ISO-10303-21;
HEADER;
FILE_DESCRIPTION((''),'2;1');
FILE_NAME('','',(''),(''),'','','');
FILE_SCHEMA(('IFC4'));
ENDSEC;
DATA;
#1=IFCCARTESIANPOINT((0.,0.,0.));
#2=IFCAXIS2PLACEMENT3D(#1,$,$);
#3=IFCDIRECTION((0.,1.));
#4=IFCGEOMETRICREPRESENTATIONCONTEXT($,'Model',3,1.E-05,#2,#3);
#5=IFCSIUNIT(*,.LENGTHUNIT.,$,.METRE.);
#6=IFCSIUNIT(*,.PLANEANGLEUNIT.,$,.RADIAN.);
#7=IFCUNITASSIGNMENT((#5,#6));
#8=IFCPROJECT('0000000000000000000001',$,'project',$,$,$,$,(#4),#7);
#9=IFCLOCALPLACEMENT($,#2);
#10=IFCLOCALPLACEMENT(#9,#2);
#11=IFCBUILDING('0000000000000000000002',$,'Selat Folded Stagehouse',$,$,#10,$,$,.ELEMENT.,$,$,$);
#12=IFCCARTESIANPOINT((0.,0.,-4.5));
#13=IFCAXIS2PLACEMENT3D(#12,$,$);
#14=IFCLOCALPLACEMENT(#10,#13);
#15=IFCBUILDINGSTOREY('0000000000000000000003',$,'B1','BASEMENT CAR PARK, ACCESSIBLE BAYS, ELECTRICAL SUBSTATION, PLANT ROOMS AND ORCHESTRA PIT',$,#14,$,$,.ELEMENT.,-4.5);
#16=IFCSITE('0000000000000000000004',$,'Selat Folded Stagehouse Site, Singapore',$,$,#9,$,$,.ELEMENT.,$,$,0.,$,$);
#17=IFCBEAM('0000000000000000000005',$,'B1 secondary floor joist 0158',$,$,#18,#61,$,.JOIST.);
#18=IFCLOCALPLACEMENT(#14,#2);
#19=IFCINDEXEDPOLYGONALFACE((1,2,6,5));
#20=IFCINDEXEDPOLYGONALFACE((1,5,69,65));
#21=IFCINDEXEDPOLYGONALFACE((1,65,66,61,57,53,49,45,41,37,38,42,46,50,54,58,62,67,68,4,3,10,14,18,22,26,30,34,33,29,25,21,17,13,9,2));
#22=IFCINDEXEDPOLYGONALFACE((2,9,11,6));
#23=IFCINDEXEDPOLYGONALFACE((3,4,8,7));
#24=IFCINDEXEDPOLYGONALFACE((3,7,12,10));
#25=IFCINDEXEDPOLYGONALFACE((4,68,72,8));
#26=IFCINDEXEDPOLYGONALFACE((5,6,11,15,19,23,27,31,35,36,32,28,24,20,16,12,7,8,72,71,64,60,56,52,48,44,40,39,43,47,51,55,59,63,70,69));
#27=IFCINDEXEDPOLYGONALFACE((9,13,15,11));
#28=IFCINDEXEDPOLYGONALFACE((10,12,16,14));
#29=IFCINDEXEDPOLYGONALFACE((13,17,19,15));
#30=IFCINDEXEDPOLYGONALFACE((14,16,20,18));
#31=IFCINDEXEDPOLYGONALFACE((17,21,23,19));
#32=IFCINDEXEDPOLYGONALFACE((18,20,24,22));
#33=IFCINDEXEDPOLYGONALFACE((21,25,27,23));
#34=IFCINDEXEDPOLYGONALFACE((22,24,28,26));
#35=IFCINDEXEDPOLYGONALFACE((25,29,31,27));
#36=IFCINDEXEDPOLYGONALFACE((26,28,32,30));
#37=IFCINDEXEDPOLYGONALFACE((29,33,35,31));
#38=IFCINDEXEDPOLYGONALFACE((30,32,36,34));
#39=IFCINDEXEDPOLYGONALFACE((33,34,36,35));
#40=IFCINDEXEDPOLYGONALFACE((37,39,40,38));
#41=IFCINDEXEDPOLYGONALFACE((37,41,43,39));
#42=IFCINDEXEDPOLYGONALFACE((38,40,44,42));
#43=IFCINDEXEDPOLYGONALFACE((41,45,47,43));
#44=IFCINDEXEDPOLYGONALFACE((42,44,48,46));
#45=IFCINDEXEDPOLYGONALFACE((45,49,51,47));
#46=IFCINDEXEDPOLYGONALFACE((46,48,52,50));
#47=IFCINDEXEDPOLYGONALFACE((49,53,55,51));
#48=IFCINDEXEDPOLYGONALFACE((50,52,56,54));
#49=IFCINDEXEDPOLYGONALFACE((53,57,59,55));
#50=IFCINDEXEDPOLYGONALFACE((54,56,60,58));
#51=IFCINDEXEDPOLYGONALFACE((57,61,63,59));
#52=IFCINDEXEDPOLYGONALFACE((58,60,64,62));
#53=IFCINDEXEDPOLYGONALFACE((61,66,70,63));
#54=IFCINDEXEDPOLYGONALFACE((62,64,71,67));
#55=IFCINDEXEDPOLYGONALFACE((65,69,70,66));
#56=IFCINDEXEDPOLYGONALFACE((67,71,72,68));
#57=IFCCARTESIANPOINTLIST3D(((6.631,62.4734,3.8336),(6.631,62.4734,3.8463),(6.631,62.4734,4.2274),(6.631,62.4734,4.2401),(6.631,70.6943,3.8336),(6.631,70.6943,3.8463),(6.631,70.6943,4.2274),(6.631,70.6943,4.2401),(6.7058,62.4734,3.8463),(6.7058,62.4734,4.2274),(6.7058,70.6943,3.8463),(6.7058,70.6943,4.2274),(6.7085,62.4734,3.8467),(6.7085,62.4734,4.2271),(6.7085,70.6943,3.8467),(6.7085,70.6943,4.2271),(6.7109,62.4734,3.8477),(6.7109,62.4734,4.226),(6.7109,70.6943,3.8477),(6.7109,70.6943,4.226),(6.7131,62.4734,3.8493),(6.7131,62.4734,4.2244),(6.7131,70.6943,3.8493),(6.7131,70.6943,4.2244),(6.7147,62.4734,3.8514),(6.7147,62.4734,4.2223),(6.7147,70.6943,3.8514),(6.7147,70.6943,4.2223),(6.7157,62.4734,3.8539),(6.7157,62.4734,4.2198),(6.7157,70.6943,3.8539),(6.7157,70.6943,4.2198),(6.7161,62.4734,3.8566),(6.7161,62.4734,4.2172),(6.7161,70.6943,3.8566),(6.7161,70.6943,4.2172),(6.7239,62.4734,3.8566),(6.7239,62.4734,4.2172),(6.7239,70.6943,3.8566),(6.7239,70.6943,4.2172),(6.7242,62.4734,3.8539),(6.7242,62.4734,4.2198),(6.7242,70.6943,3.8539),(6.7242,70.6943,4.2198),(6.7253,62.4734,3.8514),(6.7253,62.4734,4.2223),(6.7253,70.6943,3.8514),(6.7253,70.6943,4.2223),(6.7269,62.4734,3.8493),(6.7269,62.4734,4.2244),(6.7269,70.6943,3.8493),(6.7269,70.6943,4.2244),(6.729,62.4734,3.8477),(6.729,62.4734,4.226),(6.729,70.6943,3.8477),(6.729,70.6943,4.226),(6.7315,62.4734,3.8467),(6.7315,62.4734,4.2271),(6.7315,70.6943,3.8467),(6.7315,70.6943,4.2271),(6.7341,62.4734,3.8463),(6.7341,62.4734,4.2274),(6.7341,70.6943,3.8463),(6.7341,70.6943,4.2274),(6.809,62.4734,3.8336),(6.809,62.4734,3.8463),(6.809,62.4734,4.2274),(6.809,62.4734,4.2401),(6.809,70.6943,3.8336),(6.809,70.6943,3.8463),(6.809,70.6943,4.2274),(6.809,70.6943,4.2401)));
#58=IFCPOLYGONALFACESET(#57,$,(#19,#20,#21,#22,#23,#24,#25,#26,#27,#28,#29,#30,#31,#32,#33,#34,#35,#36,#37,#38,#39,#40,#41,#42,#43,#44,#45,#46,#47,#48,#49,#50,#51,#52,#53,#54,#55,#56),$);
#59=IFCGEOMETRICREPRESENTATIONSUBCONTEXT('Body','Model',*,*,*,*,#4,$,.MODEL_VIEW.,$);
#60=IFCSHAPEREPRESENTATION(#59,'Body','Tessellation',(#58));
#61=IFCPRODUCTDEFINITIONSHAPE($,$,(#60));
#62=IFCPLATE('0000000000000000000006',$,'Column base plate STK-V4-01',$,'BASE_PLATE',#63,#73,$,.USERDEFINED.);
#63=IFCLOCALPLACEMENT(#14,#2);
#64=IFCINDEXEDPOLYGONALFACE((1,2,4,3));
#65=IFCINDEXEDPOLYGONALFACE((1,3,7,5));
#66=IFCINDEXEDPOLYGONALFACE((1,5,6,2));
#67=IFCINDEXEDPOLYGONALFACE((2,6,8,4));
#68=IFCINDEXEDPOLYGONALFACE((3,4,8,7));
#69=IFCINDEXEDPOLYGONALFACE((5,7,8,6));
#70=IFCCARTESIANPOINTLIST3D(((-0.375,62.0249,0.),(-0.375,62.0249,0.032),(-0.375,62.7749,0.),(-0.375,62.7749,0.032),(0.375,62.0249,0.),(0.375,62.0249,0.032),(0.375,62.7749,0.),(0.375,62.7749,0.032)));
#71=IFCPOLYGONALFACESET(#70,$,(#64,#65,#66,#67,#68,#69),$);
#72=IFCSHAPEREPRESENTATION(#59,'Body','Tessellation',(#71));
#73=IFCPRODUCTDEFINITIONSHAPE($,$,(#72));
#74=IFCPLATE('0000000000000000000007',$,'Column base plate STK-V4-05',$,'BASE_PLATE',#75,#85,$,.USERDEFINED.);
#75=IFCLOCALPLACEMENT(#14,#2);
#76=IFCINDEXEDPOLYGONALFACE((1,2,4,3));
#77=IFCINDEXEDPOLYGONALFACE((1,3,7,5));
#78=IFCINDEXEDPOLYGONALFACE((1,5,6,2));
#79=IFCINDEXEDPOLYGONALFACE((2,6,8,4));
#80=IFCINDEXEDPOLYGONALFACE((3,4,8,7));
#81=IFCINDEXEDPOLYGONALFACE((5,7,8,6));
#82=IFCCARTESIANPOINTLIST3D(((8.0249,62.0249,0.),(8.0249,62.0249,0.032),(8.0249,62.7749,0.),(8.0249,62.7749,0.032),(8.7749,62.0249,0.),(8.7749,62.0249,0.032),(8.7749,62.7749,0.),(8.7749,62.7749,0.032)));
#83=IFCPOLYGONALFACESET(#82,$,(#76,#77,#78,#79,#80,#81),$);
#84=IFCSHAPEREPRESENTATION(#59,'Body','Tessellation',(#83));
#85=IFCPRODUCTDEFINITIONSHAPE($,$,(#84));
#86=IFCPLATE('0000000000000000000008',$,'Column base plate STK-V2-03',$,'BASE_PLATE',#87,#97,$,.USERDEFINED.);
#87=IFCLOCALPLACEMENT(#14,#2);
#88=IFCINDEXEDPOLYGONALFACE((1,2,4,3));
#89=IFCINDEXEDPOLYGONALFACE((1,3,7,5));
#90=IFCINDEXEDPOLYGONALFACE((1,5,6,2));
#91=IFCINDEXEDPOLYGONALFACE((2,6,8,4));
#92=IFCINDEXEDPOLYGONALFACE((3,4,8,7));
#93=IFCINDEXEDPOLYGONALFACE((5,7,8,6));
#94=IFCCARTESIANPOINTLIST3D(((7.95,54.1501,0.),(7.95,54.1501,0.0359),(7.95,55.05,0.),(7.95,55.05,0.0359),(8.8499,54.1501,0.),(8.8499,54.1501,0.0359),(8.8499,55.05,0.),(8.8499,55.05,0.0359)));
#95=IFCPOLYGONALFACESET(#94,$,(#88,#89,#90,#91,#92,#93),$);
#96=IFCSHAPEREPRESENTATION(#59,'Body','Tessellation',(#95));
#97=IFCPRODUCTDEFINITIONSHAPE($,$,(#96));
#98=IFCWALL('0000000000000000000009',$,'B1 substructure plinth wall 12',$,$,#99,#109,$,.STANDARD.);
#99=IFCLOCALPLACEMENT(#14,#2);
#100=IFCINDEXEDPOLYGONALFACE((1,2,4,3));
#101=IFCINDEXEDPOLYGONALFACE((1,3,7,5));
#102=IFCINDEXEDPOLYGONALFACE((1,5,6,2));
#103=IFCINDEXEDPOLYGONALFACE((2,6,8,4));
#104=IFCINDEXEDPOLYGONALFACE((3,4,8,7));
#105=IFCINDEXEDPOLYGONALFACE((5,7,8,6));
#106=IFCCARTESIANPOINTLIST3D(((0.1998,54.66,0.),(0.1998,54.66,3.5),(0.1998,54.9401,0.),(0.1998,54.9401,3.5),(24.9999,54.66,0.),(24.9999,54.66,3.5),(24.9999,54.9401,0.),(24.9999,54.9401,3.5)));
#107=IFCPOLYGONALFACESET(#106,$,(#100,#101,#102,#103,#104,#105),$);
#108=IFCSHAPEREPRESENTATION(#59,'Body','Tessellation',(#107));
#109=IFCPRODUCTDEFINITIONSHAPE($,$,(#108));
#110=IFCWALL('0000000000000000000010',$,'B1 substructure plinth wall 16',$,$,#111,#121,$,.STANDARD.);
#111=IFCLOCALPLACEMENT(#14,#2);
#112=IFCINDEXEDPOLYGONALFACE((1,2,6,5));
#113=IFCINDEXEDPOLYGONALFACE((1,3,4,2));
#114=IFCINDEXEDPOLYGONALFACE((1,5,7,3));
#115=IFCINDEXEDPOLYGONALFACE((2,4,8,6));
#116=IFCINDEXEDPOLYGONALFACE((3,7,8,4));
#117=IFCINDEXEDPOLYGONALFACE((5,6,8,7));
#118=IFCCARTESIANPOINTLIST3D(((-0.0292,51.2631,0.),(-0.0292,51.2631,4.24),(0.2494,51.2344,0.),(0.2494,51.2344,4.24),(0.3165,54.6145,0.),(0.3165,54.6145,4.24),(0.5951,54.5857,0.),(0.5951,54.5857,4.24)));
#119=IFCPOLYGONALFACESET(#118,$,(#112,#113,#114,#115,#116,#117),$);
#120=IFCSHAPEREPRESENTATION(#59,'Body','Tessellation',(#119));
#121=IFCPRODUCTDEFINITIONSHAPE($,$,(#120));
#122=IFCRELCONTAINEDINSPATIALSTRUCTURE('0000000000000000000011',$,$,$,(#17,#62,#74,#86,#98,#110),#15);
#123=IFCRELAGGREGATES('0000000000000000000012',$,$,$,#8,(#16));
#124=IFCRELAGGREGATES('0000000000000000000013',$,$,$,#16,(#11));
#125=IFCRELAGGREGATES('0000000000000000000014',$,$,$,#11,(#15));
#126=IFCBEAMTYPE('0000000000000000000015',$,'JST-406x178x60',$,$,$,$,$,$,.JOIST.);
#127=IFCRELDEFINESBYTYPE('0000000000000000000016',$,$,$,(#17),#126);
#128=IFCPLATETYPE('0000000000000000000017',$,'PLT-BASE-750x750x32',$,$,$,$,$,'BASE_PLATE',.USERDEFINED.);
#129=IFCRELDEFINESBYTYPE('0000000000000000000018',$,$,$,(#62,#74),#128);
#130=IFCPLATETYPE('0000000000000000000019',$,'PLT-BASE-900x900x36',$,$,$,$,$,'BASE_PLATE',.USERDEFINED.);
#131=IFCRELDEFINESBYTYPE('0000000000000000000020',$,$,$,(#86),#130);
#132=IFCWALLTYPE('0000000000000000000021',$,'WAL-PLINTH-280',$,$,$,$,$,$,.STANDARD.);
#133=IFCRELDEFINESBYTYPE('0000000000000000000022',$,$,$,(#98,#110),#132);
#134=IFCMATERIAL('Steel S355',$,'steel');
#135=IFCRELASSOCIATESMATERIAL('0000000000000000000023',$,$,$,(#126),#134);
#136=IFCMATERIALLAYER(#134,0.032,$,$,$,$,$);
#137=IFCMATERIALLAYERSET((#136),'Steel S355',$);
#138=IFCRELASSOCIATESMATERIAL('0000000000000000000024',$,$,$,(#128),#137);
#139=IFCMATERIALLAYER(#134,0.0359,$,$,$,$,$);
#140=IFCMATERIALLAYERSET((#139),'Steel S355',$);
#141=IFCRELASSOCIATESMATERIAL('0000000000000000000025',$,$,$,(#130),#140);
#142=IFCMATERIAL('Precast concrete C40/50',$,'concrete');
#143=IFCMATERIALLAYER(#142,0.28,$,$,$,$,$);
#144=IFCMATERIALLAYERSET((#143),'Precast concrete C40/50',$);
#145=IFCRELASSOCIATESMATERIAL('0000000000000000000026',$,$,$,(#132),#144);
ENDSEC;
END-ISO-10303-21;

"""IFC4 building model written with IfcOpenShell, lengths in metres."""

from ifc_helpers import new_model, si_unit, direction, frame, frame_2d, origin, origin_2d, place, context, subcontext, project, spatial, rectangle, i_section, extrude, material, layer, layer_set, material_profile, profile_set, type_object, element, save


model = new_model("IFC4")

# Units and contexts
model_context = context("Model", 3, precision=1e-05, world=origin(), true_north=direction((0.0, 1.0)))
body_context = subcontext(model_context, "Body", "Model", "MODEL_VIEW")
ifc_project = project(units=[si_unit("LENGTHUNIT", "METRE"), si_unit("PLANEANGLEUNIT", "RADIAN")], contexts=[model_context])

# Site, building, storey
site_placement = place(None, origin())
site = spatial("IfcSite", under=ifc_project, at=site_placement, Name="Selat Folded Stagehouse Site, Singapore", CompositionType="ELEMENT", RefElevation=0.0)
building_placement = place(site_placement, origin())
building = spatial("IfcBuilding", under=site, at=building_placement, Name="Selat Folded Stagehouse", CompositionType="ELEMENT")
storey_placement = place(building_placement, frame((0.0, 0.0, -4.5)))
storey = spatial("IfcBuildingStorey", under=building, at=storey_placement, Name="B1", Description="BASEMENT CAR PARK, ACCESSIBLE BAYS, ELECTRICAL SUBSTATION, PLANT ROOMS AND ORCHESTRA PIT", CompositionType="ELEMENT", Elevation=-4.5)

# Shared definitions
ifc_material_1 = material(Name="Steel S355", Category="steel")

# Beam
ifc_material_profile_1 = material_profile(ifc_material_1, i_section(OverallWidth=0.178, OverallDepth=0.4065, WebThickness=0.0078, FlangeThickness=0.0127, FilletRadius=0.0103, at=origin_2d()), Name="UKB 406x178x60")
ifc_profile_set_1 = profile_set([ifc_material_profile_1], Name="Steel S355")
beam_type_1 = type_object("IfcBeamType", Name="JST-406x178x60", PredefinedType="JOIST", material=ifc_profile_set_1)
for number, where, z_axis, x_axis, name in (
    (1, (6.72, 62.4734, 4.0369), (0.0, 1.0, 0.0), (-1.0, 0.0, 0.0), "B1 secondary floor joist 0158"),
):
    element("IfcBeam", number, at=place(storey_placement, frame(where, z_axis=z_axis, x_axis=x_axis)), inside=storey, type_object=beam_type_1, Name=name, PredefinedType="JOIST", context=body_context, shape_type="SweptSolid", body=[
        extrude(i_section(OverallWidth=0.178, OverallDepth=0.4065, WebThickness=0.0078, FlangeThickness=0.0127, FilletRadius=0.0103, at=origin_2d()), origin(), (0.0, 0.0, 1.0), 8.2209),
    ])

# Plates
ifc_layer_1 = layer(ifc_material_1, 0.032)
ifc_layer_set_1 = layer_set([ifc_layer_1], Name="Steel S355")
plate_type_1 = type_object("IfcPlateType", Name="PLT-BASE-750x750x32", ElementType="BASE_PLATE", PredefinedType="USERDEFINED", material=ifc_layer_set_1)
for number, where, z_axis, x_axis, name in (
    (2, (0.0, 62.3999, 0.0), (0.0, 0.0, 1.0), (1.0, 0.0, 0.0), "Column base plate STK-V4-01"),
    (3, (8.3999, 62.3999, 0.0), (0.0, 0.0, 1.0), (1.0, 0.0, 0.0), "Column base plate STK-V4-05"),
):
    element("IfcPlate", number, at=place(storey_placement, frame(where, z_axis=z_axis, x_axis=x_axis)), inside=storey, type_object=plate_type_1, Name=name, ObjectType="BASE_PLATE", PredefinedType="USERDEFINED", context=body_context, shape_type="SweptSolid", body=[
        extrude(rectangle(XDim=0.75, YDim=0.75, at=origin_2d()), origin(), (0.0, 0.0, 1.0), 0.032),
    ])
ifc_layer_2 = layer(ifc_material_1, 0.0359)
ifc_layer_set_2 = layer_set([ifc_layer_2], Name="Steel S355")
plate_type_2 = type_object("IfcPlateType", Name="PLT-BASE-900x900x36", ElementType="BASE_PLATE", PredefinedType="USERDEFINED", material=ifc_layer_set_2)
plate_placement = place(storey_placement, frame((8.3999, 54.6001, 0.0), z_axis=(0.0, 0.0, 1.0), x_axis=(1.0, 0.0, 0.0)))
element("IfcPlate", 4, at=plate_placement, inside=storey, type_object=plate_type_2, Name="Column base plate STK-V2-03", ObjectType="BASE_PLATE", PredefinedType="USERDEFINED", context=body_context, shape_type="SweptSolid", body=[
    extrude(rectangle(XDim=0.8999, YDim=0.8999, at=origin_2d()), origin(), (0.0, 0.0, 1.0), 0.0359),
])

# Walls
ifc_material_2 = material(Name="Precast concrete C40/50", Category="concrete")
ifc_layer_3 = layer(ifc_material_2, 0.28)
ifc_layer_set_3 = layer_set([ifc_layer_3], Name="Precast concrete C40/50")
wall_type = type_object("IfcWallType", Name="WAL-PLINTH-280", PredefinedType="STANDARD", material=ifc_layer_set_3)
wall_1_placement = place(storey_placement, frame((0.2, 54.8, 0.0), z_axis=(0.0, 0.0, 1.0), x_axis=(1.0, 0.0, 0.0)))
element("IfcWall", 5, at=wall_1_placement, inside=storey, type_object=wall_type, Name="B1 substructure plinth wall 12", PredefinedType="STANDARD", context=body_context, shape_type="SweptSolid", body=[
    extrude(rectangle(XDim=24.8, YDim=0.28, at=frame_2d((12.3999, 0.0))), origin(), (0.0, 0.0, 1.0), 3.5),
])
wall_2_placement = place(storey_placement, frame((0.4558, 54.6001, 0.0), z_axis=(0.0, 0.0, 1.0), x_axis=(-0.10261, -0.994722, 0.0)))
element("IfcWall", 6, at=wall_2_placement, inside=storey, type_object=wall_type, Name="B1 substructure plinth wall 16", PredefinedType="STANDARD", context=body_context, shape_type="SweptSolid", body=[
    extrude(rectangle(XDim=3.3691, YDim=0.28, at=frame_2d((1.6846, 0.0))), origin(), (0.0, 0.0, 1.0), 4.24),
])

save(model, "model.ifc")
